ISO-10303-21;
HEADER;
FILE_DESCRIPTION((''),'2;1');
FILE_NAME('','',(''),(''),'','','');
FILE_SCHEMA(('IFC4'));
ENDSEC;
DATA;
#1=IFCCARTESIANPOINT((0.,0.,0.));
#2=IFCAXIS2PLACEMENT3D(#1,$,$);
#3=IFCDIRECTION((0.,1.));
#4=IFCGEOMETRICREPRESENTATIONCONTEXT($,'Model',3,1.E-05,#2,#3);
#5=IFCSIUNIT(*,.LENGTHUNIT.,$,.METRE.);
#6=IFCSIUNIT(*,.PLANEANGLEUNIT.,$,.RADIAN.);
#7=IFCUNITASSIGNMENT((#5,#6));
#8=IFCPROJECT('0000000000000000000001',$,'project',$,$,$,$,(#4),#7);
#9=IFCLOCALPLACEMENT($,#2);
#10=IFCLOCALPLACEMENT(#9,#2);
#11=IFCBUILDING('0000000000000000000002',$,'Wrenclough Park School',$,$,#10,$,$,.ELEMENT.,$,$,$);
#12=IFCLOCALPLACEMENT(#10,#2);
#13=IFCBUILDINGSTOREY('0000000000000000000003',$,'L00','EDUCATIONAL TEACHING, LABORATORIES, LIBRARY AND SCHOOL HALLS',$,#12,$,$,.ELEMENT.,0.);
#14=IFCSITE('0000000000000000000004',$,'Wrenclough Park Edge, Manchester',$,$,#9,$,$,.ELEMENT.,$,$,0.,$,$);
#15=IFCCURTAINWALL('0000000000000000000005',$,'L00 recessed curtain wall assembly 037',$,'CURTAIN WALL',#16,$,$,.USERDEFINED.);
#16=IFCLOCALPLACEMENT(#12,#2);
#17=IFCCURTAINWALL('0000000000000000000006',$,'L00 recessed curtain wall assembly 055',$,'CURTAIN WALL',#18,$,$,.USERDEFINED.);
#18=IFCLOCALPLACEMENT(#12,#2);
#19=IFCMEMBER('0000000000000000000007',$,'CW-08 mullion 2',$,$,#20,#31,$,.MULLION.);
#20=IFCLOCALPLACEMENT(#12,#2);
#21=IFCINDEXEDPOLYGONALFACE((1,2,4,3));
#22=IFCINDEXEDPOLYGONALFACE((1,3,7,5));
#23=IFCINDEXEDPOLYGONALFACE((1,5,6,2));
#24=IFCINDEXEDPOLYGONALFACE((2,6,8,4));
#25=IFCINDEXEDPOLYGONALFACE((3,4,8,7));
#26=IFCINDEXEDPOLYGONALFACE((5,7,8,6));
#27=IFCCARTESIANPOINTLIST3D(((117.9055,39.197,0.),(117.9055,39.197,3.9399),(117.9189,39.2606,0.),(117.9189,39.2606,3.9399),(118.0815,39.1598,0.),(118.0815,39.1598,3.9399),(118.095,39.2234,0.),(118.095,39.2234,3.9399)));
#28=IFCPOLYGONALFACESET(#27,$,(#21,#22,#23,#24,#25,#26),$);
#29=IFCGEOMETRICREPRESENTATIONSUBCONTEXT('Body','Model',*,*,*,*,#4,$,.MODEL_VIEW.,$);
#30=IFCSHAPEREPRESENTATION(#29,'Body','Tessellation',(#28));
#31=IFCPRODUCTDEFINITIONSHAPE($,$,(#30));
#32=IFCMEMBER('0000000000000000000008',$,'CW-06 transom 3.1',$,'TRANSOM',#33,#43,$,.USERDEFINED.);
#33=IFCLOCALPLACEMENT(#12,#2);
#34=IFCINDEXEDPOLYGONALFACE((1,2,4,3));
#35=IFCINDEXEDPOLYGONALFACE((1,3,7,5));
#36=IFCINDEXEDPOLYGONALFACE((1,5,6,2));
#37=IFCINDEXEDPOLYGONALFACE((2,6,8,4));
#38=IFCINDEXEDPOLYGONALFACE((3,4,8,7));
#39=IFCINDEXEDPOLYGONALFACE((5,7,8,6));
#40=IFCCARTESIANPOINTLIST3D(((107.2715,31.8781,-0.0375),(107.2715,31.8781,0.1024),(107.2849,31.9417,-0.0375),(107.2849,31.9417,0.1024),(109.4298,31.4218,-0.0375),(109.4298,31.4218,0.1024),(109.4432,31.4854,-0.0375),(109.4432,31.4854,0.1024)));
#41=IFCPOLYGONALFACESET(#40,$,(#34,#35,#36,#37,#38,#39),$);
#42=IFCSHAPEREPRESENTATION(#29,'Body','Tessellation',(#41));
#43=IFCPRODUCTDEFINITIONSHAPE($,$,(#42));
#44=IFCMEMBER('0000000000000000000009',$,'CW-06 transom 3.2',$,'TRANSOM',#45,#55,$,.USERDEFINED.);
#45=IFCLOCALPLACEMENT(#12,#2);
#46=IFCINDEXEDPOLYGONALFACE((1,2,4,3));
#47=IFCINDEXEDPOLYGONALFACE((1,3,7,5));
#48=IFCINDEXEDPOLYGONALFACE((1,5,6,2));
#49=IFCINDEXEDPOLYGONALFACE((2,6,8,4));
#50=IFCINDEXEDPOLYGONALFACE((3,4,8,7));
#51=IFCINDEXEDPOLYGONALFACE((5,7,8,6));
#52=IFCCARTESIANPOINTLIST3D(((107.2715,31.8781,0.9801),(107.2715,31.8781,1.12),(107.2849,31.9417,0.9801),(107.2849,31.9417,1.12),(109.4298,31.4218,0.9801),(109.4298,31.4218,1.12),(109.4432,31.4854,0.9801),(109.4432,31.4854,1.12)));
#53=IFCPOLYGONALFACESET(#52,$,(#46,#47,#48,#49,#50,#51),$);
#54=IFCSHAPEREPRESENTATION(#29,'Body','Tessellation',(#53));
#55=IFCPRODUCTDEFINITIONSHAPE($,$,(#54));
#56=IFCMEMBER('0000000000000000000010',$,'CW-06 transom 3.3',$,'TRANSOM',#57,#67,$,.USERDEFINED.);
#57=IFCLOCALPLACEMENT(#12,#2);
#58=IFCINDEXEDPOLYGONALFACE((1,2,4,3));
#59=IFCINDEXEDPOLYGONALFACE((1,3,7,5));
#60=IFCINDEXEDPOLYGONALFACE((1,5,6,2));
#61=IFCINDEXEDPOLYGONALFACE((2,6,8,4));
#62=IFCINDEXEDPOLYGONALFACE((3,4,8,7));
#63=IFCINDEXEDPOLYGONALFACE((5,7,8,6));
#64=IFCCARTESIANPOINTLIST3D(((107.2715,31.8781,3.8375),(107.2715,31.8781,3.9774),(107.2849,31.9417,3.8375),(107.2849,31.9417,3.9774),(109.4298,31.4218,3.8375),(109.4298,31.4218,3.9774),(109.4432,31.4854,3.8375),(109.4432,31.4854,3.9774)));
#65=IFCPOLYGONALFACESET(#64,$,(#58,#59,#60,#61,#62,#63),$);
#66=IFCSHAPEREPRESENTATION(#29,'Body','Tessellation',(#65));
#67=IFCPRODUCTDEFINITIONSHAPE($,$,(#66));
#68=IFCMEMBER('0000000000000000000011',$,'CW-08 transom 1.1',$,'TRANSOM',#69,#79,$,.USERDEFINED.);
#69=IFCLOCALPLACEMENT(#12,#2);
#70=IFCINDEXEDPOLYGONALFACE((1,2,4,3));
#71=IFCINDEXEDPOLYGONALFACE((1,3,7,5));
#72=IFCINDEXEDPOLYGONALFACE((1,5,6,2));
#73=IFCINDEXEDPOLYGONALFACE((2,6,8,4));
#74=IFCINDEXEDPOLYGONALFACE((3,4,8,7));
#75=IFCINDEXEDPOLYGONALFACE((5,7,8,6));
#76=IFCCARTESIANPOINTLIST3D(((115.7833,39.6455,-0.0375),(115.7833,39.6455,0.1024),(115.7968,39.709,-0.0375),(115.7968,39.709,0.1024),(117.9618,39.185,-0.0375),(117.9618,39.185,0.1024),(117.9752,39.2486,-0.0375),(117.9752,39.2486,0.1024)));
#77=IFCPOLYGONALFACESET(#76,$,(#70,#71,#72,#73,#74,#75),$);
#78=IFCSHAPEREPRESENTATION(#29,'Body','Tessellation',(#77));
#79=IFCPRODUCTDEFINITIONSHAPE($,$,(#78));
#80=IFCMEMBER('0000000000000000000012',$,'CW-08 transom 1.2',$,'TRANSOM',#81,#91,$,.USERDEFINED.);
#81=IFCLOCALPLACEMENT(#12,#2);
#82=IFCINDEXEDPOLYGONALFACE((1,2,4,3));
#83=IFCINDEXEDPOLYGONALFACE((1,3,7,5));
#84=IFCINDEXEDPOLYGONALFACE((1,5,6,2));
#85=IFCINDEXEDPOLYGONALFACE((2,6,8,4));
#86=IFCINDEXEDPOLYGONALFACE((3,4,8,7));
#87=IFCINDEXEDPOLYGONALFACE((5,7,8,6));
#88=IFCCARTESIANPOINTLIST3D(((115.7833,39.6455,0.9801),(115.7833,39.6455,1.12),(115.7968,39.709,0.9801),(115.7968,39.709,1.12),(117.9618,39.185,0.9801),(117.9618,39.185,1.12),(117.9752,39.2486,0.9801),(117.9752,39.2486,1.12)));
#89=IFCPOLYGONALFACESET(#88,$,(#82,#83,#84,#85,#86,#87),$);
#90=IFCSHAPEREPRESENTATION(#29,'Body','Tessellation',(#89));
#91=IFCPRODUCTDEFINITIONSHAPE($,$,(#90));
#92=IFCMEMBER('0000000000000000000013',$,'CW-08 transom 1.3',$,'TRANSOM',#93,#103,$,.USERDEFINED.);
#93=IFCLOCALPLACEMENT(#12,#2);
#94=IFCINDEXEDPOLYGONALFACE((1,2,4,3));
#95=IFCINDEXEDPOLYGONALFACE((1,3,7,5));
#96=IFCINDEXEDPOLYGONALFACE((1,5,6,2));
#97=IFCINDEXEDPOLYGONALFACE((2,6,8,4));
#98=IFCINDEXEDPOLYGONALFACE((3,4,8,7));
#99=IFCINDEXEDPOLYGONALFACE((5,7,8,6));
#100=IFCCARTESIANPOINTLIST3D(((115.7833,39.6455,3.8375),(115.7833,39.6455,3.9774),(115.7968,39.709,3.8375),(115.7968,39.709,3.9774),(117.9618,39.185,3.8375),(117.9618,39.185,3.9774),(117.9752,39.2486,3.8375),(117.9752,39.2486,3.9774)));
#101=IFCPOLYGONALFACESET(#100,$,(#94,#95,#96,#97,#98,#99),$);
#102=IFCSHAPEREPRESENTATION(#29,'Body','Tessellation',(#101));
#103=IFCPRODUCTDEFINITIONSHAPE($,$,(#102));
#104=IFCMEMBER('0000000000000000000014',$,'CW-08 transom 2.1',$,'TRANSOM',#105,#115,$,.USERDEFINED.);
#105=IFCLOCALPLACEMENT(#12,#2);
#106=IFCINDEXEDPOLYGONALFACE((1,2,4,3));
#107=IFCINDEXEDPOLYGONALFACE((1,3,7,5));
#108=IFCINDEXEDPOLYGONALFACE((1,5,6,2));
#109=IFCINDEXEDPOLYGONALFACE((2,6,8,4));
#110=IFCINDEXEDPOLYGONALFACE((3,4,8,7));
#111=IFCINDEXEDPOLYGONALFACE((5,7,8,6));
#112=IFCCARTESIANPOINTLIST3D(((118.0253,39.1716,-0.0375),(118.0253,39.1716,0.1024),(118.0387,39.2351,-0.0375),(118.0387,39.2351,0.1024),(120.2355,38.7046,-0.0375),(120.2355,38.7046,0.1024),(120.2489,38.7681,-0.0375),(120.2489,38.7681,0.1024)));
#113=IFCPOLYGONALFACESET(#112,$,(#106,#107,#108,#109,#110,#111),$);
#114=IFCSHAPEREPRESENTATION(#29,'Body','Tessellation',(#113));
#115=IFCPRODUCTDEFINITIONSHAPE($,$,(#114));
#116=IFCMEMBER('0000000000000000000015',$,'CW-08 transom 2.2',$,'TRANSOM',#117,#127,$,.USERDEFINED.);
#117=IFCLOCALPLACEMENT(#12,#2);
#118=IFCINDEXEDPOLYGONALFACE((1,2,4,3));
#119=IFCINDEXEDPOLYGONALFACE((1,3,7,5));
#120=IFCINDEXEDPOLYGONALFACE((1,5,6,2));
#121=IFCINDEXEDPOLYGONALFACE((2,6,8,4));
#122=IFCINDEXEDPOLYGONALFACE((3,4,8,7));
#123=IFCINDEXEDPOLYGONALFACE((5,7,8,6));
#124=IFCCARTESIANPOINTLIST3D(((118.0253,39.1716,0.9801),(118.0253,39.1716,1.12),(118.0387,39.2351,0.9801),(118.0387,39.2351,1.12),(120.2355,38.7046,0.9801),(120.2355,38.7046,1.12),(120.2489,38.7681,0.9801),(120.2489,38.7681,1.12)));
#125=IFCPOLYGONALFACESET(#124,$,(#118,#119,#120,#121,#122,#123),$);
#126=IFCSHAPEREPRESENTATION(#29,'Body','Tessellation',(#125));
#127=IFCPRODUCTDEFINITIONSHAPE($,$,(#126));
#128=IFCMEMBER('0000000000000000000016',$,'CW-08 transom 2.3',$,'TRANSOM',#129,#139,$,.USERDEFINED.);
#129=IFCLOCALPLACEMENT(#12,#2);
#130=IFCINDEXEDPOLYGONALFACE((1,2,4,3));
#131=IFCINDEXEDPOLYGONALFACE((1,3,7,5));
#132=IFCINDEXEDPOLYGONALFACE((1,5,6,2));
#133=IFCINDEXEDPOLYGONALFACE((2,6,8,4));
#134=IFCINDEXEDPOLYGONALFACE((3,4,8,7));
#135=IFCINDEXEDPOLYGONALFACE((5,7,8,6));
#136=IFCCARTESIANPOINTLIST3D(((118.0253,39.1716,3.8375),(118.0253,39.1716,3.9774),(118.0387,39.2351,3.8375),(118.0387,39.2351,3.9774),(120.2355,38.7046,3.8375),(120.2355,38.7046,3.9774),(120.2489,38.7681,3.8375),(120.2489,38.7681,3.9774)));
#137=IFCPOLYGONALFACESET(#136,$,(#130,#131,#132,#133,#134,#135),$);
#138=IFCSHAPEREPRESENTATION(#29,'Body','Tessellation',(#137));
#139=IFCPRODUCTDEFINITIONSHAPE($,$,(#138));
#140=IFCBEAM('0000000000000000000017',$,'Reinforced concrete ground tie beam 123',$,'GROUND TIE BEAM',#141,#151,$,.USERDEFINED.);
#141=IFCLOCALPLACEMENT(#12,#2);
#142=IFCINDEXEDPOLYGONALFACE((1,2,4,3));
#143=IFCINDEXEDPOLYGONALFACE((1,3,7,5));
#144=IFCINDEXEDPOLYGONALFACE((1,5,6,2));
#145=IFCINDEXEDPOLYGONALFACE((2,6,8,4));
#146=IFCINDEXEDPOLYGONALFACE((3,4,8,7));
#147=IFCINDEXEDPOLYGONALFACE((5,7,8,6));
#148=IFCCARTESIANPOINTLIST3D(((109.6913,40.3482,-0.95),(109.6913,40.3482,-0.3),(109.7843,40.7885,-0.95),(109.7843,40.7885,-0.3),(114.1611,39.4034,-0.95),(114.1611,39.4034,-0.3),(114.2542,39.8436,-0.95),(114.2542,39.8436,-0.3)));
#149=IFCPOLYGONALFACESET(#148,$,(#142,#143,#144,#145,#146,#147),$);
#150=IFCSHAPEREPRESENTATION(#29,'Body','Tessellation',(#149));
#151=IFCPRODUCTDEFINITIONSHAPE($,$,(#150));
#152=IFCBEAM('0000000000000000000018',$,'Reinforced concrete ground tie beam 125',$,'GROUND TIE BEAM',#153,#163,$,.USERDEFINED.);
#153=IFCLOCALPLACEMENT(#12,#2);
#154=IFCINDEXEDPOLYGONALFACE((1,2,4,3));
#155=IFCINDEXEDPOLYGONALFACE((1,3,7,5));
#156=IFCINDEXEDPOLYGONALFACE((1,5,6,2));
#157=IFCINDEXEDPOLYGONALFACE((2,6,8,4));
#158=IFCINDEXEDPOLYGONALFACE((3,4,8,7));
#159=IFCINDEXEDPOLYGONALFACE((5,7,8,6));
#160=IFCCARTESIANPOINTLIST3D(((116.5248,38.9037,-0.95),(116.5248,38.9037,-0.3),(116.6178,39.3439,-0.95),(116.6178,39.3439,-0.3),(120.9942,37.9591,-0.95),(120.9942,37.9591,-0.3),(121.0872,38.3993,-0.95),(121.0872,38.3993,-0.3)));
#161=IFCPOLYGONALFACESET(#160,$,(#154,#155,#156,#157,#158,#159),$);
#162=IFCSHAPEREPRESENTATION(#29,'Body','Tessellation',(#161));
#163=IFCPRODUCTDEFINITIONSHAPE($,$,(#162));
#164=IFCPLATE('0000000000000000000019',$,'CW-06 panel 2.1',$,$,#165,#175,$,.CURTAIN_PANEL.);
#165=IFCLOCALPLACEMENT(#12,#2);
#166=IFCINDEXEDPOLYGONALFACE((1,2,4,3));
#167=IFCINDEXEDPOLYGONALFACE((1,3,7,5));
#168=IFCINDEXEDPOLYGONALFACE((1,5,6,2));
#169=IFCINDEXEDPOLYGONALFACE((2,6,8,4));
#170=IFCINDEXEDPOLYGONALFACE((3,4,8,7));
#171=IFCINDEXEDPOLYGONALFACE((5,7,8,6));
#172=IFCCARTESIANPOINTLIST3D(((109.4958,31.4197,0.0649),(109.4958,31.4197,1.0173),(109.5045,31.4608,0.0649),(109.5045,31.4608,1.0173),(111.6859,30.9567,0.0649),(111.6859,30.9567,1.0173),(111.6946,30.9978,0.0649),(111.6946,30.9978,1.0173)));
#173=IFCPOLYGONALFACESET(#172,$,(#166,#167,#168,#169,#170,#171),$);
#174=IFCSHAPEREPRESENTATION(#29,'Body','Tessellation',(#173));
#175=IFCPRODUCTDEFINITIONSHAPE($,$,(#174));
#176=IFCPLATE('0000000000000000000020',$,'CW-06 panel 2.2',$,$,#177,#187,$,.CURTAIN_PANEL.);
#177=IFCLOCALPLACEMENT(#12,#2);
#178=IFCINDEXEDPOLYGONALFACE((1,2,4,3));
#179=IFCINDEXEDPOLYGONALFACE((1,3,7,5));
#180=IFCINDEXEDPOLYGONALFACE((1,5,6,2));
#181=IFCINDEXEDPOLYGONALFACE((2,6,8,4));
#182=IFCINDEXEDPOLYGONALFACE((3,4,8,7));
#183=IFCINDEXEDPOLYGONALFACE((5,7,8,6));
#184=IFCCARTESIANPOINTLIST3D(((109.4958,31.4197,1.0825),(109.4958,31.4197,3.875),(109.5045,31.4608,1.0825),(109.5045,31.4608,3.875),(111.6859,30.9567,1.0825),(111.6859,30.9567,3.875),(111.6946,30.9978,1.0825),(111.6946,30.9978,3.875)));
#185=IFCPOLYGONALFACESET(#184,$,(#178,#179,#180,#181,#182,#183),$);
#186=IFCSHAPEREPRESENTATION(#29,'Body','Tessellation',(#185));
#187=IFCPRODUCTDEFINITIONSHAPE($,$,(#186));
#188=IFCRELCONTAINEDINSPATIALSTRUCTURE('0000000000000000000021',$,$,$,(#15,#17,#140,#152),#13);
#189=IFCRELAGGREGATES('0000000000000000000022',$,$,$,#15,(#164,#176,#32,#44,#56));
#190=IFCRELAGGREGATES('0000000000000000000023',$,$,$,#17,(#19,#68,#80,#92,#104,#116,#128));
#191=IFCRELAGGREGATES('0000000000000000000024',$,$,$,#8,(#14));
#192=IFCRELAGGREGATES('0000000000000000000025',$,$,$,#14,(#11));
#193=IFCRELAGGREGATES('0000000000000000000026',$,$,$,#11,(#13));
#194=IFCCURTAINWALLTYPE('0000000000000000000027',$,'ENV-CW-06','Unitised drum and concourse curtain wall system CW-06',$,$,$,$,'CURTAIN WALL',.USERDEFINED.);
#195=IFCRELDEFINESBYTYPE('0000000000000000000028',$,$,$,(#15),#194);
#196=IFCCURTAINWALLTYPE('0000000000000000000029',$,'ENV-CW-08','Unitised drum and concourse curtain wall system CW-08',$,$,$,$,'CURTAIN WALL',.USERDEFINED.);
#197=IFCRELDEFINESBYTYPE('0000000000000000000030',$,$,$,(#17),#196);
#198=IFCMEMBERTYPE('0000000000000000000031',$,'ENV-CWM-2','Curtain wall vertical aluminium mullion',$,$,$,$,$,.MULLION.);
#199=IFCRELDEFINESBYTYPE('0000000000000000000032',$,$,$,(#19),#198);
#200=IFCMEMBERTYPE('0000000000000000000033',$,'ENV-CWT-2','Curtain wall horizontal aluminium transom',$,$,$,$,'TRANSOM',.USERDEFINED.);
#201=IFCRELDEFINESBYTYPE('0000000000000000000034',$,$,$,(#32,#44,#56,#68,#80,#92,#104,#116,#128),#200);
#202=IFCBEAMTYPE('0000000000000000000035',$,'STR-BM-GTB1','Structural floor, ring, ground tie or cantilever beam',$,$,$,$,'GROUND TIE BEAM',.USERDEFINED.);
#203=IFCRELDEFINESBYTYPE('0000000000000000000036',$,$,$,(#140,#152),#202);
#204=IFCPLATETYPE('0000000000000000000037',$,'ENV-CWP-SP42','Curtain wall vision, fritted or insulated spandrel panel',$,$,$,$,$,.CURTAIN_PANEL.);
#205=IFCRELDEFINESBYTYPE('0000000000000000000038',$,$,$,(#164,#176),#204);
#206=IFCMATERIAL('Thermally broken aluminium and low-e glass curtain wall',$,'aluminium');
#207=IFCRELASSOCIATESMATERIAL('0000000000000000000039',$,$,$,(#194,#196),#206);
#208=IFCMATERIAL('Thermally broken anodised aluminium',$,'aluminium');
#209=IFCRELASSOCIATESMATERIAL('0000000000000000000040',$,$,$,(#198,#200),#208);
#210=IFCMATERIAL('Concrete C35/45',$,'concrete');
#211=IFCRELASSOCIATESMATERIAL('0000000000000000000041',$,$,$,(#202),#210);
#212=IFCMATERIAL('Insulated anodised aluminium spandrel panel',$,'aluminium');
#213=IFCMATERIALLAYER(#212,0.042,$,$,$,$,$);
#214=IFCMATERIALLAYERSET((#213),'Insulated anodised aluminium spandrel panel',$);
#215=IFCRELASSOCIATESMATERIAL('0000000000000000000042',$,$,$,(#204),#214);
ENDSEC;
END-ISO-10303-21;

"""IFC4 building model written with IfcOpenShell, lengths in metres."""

from ifc_helpers import new_model, si_unit, direction, frame, origin, origin_2d, place, context, subcontext, project, spatial, rectangle, extrude, material, layer, layer_set, material_profile, profile_set, type_object, element, aggregate, save


model = new_model("IFC4")

# Units and contexts
model_context = context("Model", 3, precision=1e-05, world=origin(), true_north=direction((0.0, 1.0)))
body_context = subcontext(model_context, "Body", "Model", "MODEL_VIEW")
ifc_project = project(units=[si_unit("LENGTHUNIT", "METRE"), si_unit("PLANEANGLEUNIT", "RADIAN")], contexts=[model_context])

# Site, building, storey
site_placement = place(None, origin())
site = spatial("IfcSite", under=ifc_project, at=site_placement, Name="Wrenclough Park Edge, Manchester", CompositionType="ELEMENT", RefElevation=0.0)
building_placement = place(site_placement, origin())
building = spatial("IfcBuilding", under=site, at=building_placement, Name="Wrenclough Park School", CompositionType="ELEMENT")
storey_placement = place(building_placement, origin())
storey = spatial("IfcBuildingStorey", under=building, at=storey_placement, Name="L00", Description="EDUCATIONAL TEACHING, LABORATORIES, LIBRARY AND SCHOOL HALLS", CompositionType="ELEMENT", Elevation=0.0)

# Shared definitions
ifc_material_1 = material(Name="Concrete C35/45", Category="concrete")

# Curtain wall
ifc_material_2 = material(Name="Thermally broken aluminium and low-e glass curtain wall", Category="aluminium")
ifc_material_3 = material(Name="Thermally broken anodised aluminium", Category="aluminium")
curtain_wall_type_1 = type_object("IfcCurtainWallType", Name="ENV-CW-06", Description="Unitised drum and concourse curtain wall system CW-06", ElementType="CURTAIN WALL", PredefinedType="USERDEFINED", material=ifc_material_2)
curtain_wall_1_placement = place(storey_placement, origin())
curtain_wall_1 = element("IfcCurtainWall", 1, at=curtain_wall_1_placement, inside=storey, type_object=curtain_wall_type_1, Name="L00 recessed curtain wall assembly 037", ObjectType="CURTAIN WALL", PredefinedType="USERDEFINED")
ifc_material_profile_1 = material_profile(ifc_material_3, rectangle(XDim=0.0649, YDim=0.1799, at=origin_2d()), Name="AL MULLION 65x180")
ifc_profile_set_1 = profile_set([ifc_material_profile_1], Name="Thermally broken anodised aluminium")
member_type_1 = type_object("IfcMemberType", Name="ENV-CWM-2", Description="Curtain wall vertical aluminium mullion", PredefinedType="MULLION", material=ifc_profile_set_1)

# Curtain wall, member
curtain_wall_type_2 = type_object("IfcCurtainWallType", Name="ENV-CW-08", Description="Unitised drum and concourse curtain wall system CW-08", ElementType="CURTAIN WALL", PredefinedType="USERDEFINED", material=ifc_material_2)
curtain_wall_2_placement = place(storey_placement, origin())
curtain_wall_2 = element("IfcCurtainWall", 2, at=curtain_wall_2_placement, inside=storey, type_object=curtain_wall_type_2, Name="L00 recessed curtain wall assembly 055", ObjectType="CURTAIN WALL", PredefinedType="USERDEFINED")
member_1_placement = place(storey_placement, frame((118.0002, 39.2102, 0.0), z_axis=(0.0, 0.0, 1.0), x_axis=(0.206806, 0.978382, 0.0)))
member_1 = element("IfcMember", 3, at=member_1_placement, type_object=member_type_1, Name="CW-08 mullion 2", PredefinedType="MULLION", context=body_context, shape_type="SweptSolid", body=[
    extrude(rectangle(XDim=0.0649, YDim=0.1799, at=origin_2d()), origin(), (0.0, 0.0, 1.0), 3.9399),
])

# Members
ifc_material_profile_2 = material_profile(ifc_material_3, rectangle(XDim=0.0649, YDim=0.1399, at=origin_2d()), Name="AL TRANSOM 65x140")
ifc_profile_set_2 = profile_set([ifc_material_profile_2], Name="Thermally broken anodised aluminium")
member_type_2 = type_object("IfcMemberType", Name="ENV-CWT-2", Description="Curtain wall horizontal aluminium transom", ElementType="TRANSOM", PredefinedType="USERDEFINED", material=ifc_profile_set_2)
member_2_placement = place(storey_placement, frame((109.4365, 31.4536, 0.0325), z_axis=(-0.978377, 0.20683, 0.0), x_axis=(-0.20683, -0.978377, 0.0)))
member_2 = element("IfcMember", 4, at=member_2_placement, type_object=member_type_2, Name="CW-06 transom 3.1", ObjectType="TRANSOM", PredefinedType="USERDEFINED", context=body_context, shape_type="SweptSolid", body=[
    extrude(rectangle(XDim=0.0649, YDim=0.1399, at=origin_2d()), origin(), (0.0, 0.0, 1.0), 2.2061),
])
member_3_placement = place(storey_placement, frame((109.4365, 31.4536, 1.05), z_axis=(-0.978377, 0.20683, 0.0), x_axis=(-0.20683, -0.978377, 0.0)))
member_3 = element("IfcMember", 5, at=member_3_placement, type_object=member_type_2, Name="CW-06 transom 3.2", ObjectType="TRANSOM", PredefinedType="USERDEFINED", context=body_context, shape_type="SweptSolid", body=[
    extrude(rectangle(XDim=0.0649, YDim=0.1399, at=origin_2d()), origin(), (0.0, 0.0, 1.0), 2.2061),
])
member_4_placement = place(storey_placement, frame((109.4365, 31.4536, 3.9075), z_axis=(-0.978377, 0.20683, 0.0), x_axis=(-0.20683, -0.978377, 0.0)))
member_4 = element("IfcMember", 6, at=member_4_placement, type_object=member_type_2, Name="CW-06 transom 3.3", ObjectType="TRANSOM", PredefinedType="USERDEFINED", context=body_context, shape_type="SweptSolid", body=[
    extrude(rectangle(XDim=0.0649, YDim=0.1399, at=origin_2d()), origin(), (0.0, 0.0, 1.0), 2.2061),
])
member_5_placement = place(storey_placement, frame((115.79, 39.6772, 0.0325), z_axis=(0.978384, -0.206795, 0.0), x_axis=(0.206795, 0.978384, 0.0)))
member_5 = element("IfcMember", 7, at=member_5_placement, type_object=member_type_2, Name="CW-08 transom 1.1", ObjectType="TRANSOM", PredefinedType="USERDEFINED", context=body_context, shape_type="SweptSolid", body=[
    extrude(rectangle(XDim=0.0649, YDim=0.1399, at=origin_2d()), origin(), (0.0, 0.0, 1.0), 2.2266),
])
member_6_placement = place(storey_placement, frame((115.79, 39.6772, 1.05), z_axis=(0.978384, -0.206795, 0.0), x_axis=(0.206795, 0.978384, 0.0)))
member_6 = element("IfcMember", 8, at=member_6_placement, type_object=member_type_2, Name="CW-08 transom 1.2", ObjectType="TRANSOM", PredefinedType="USERDEFINED", context=body_context, shape_type="SweptSolid", body=[
    extrude(rectangle(XDim=0.0649, YDim=0.1399, at=origin_2d()), origin(), (0.0, 0.0, 1.0), 2.2266),
])
member_7_placement = place(storey_placement, frame((115.79, 39.6772, 3.9075), z_axis=(0.978384, -0.206795, 0.0), x_axis=(0.206795, 0.978384, 0.0)))
member_7 = element("IfcMember", 9, at=member_7_placement, type_object=member_type_2, Name="CW-08 transom 1.3", ObjectType="TRANSOM", PredefinedType="USERDEFINED", context=body_context, shape_type="SweptSolid", body=[
    extrude(rectangle(XDim=0.0649, YDim=0.1399, at=origin_2d()), origin(), (0.0, 0.0, 1.0), 2.2266),
])
member_8_placement = place(storey_placement, frame((118.032, 39.2034, 0.0325), z_axis=(0.978395, -0.206746, 0.0), x_axis=(0.206746, 0.978395, 0.0)))
member_8 = element("IfcMember", 10, at=member_8_placement, type_object=member_type_2, Name="CW-08 transom 2.1", ObjectType="TRANSOM", PredefinedType="USERDEFINED", context=body_context, shape_type="SweptSolid", body=[
    extrude(rectangle(XDim=0.0649, YDim=0.1399, at=origin_2d()), origin(), (0.0, 0.0, 1.0), 2.259),
])
member_9_placement = place(storey_placement, frame((118.032, 39.2034, 1.05), z_axis=(0.978395, -0.206746, 0.0), x_axis=(0.206746, 0.978395, 0.0)))
member_9 = element("IfcMember", 11, at=member_9_placement, type_object=member_type_2, Name="CW-08 transom 2.2", ObjectType="TRANSOM", PredefinedType="USERDEFINED", context=body_context, shape_type="SweptSolid", body=[
    extrude(rectangle(XDim=0.0649, YDim=0.1399, at=origin_2d()), origin(), (0.0, 0.0, 1.0), 2.259),
])
member_10_placement = place(storey_placement, frame((118.032, 39.2034, 3.9075), z_axis=(0.978395, -0.206746, 0.0), x_axis=(0.206746, 0.978395, 0.0)))
member_10 = element("IfcMember", 12, at=member_10_placement, type_object=member_type_2, Name="CW-08 transom 2.3", ObjectType="TRANSOM", PredefinedType="USERDEFINED", context=body_context, shape_type="SweptSolid", body=[
    extrude(rectangle(XDim=0.0649, YDim=0.1399, at=origin_2d()), origin(), (0.0, 0.0, 1.0), 2.259),
])

# Beams
ifc_material_profile_3 = material_profile(ifc_material_1, rectangle(XDim=0.45, YDim=0.6499, at=origin_2d()), Name="RC GROUND 450x650")
ifc_profile_set_3 = profile_set([ifc_material_profile_3], Name="Concrete C35/45")
beam_type = type_object("IfcBeamType", Name="STR-BM-GTB1", Description="Structural floor, ring, ground tie or cantilever beam", ElementType="GROUND TIE BEAM", PredefinedType="USERDEFINED", material=ifc_profile_set_3)
beam_1_placement = place(storey_placement, frame((109.7378, 40.5684, -0.625), z_axis=(0.97838, -0.206813, 0.0), x_axis=(0.206813, 0.97838, 0.0)))
element("IfcBeam", 13, at=beam_1_placement, inside=storey, type_object=beam_type, Name="Reinforced concrete ground tie beam 123", ObjectType="GROUND TIE BEAM", PredefinedType="USERDEFINED", context=body_context, shape_type="SweptSolid", body=[
    extrude(rectangle(XDim=0.45, YDim=0.6499, at=origin_2d()), origin(), (0.0, 0.0, 1.0), 4.5686),
])
beam_2_placement = place(storey_placement, frame((116.5713, 39.1238, -0.625), z_axis=(0.978389, -0.206773, 0.0), x_axis=(0.206773, 0.978389, 0.0)))
element("IfcBeam", 14, at=beam_2_placement, inside=storey, type_object=beam_type, Name="Reinforced concrete ground tie beam 125", ObjectType="GROUND TIE BEAM", PredefinedType="USERDEFINED", context=body_context, shape_type="SweptSolid", body=[
    extrude(rectangle(XDim=0.45, YDim=0.6499, at=origin_2d()), origin(), (0.0, 0.0, 1.0), 4.5681),
])

# Plates
ifc_material_4 = material(Name="Insulated anodised aluminium spandrel panel", Category="aluminium")
ifc_layer_1 = layer(ifc_material_4, 0.042)
ifc_layer_set_1 = layer_set([ifc_layer_1], Name="Insulated anodised aluminium spandrel panel")
plate_type_1 = type_object("IfcPlateType", Name="ENV-CWP-SP42", Description="Curtain wall vision, fritted or insulated spandrel panel", PredefinedType="CURTAIN_PANEL", material=ifc_layer_set_1)
plate_1_placement = place(storey_placement, frame((110.5952, 31.2087, 0.0649), z_axis=(0.0, 0.0, 1.0), x_axis=(-0.978379, 0.206818, 0.0)))
plate_1 = element("IfcPlate", 15, at=plate_1_placement, type_object=plate_type_1, Name="CW-06 panel 2.1", PredefinedType="CURTAIN_PANEL", context=body_context, shape_type="SweptSolid", body=[
    extrude(rectangle(XDim=2.2385, YDim=0.042, at=origin_2d()), origin(), (0.0, 0.0, 1.0), 0.9524),
])
plate_2_placement = place(storey_placement, frame((110.5952, 31.2087, 1.0825), z_axis=(0.0, 0.0, 1.0), x_axis=(-0.978379, 0.206818, 0.0)))
plate_2 = element("IfcPlate", 16, at=plate_2_placement, type_object=plate_type_1, Name="CW-06 panel 2.2", PredefinedType="CURTAIN_PANEL", context=body_context, shape_type="SweptSolid", body=[
    extrude(rectangle(XDim=2.2385, YDim=0.042, at=origin_2d()), origin(), (0.0, 0.0, 1.0), 2.7925),
])
aggregate(curtain_wall_1, [plate_1, plate_2, member_2, member_3, member_4])
aggregate(curtain_wall_2, [member_1, member_5, member_6, member_7, member_8, member_9, member_10])

save(model, "model.ifc")
